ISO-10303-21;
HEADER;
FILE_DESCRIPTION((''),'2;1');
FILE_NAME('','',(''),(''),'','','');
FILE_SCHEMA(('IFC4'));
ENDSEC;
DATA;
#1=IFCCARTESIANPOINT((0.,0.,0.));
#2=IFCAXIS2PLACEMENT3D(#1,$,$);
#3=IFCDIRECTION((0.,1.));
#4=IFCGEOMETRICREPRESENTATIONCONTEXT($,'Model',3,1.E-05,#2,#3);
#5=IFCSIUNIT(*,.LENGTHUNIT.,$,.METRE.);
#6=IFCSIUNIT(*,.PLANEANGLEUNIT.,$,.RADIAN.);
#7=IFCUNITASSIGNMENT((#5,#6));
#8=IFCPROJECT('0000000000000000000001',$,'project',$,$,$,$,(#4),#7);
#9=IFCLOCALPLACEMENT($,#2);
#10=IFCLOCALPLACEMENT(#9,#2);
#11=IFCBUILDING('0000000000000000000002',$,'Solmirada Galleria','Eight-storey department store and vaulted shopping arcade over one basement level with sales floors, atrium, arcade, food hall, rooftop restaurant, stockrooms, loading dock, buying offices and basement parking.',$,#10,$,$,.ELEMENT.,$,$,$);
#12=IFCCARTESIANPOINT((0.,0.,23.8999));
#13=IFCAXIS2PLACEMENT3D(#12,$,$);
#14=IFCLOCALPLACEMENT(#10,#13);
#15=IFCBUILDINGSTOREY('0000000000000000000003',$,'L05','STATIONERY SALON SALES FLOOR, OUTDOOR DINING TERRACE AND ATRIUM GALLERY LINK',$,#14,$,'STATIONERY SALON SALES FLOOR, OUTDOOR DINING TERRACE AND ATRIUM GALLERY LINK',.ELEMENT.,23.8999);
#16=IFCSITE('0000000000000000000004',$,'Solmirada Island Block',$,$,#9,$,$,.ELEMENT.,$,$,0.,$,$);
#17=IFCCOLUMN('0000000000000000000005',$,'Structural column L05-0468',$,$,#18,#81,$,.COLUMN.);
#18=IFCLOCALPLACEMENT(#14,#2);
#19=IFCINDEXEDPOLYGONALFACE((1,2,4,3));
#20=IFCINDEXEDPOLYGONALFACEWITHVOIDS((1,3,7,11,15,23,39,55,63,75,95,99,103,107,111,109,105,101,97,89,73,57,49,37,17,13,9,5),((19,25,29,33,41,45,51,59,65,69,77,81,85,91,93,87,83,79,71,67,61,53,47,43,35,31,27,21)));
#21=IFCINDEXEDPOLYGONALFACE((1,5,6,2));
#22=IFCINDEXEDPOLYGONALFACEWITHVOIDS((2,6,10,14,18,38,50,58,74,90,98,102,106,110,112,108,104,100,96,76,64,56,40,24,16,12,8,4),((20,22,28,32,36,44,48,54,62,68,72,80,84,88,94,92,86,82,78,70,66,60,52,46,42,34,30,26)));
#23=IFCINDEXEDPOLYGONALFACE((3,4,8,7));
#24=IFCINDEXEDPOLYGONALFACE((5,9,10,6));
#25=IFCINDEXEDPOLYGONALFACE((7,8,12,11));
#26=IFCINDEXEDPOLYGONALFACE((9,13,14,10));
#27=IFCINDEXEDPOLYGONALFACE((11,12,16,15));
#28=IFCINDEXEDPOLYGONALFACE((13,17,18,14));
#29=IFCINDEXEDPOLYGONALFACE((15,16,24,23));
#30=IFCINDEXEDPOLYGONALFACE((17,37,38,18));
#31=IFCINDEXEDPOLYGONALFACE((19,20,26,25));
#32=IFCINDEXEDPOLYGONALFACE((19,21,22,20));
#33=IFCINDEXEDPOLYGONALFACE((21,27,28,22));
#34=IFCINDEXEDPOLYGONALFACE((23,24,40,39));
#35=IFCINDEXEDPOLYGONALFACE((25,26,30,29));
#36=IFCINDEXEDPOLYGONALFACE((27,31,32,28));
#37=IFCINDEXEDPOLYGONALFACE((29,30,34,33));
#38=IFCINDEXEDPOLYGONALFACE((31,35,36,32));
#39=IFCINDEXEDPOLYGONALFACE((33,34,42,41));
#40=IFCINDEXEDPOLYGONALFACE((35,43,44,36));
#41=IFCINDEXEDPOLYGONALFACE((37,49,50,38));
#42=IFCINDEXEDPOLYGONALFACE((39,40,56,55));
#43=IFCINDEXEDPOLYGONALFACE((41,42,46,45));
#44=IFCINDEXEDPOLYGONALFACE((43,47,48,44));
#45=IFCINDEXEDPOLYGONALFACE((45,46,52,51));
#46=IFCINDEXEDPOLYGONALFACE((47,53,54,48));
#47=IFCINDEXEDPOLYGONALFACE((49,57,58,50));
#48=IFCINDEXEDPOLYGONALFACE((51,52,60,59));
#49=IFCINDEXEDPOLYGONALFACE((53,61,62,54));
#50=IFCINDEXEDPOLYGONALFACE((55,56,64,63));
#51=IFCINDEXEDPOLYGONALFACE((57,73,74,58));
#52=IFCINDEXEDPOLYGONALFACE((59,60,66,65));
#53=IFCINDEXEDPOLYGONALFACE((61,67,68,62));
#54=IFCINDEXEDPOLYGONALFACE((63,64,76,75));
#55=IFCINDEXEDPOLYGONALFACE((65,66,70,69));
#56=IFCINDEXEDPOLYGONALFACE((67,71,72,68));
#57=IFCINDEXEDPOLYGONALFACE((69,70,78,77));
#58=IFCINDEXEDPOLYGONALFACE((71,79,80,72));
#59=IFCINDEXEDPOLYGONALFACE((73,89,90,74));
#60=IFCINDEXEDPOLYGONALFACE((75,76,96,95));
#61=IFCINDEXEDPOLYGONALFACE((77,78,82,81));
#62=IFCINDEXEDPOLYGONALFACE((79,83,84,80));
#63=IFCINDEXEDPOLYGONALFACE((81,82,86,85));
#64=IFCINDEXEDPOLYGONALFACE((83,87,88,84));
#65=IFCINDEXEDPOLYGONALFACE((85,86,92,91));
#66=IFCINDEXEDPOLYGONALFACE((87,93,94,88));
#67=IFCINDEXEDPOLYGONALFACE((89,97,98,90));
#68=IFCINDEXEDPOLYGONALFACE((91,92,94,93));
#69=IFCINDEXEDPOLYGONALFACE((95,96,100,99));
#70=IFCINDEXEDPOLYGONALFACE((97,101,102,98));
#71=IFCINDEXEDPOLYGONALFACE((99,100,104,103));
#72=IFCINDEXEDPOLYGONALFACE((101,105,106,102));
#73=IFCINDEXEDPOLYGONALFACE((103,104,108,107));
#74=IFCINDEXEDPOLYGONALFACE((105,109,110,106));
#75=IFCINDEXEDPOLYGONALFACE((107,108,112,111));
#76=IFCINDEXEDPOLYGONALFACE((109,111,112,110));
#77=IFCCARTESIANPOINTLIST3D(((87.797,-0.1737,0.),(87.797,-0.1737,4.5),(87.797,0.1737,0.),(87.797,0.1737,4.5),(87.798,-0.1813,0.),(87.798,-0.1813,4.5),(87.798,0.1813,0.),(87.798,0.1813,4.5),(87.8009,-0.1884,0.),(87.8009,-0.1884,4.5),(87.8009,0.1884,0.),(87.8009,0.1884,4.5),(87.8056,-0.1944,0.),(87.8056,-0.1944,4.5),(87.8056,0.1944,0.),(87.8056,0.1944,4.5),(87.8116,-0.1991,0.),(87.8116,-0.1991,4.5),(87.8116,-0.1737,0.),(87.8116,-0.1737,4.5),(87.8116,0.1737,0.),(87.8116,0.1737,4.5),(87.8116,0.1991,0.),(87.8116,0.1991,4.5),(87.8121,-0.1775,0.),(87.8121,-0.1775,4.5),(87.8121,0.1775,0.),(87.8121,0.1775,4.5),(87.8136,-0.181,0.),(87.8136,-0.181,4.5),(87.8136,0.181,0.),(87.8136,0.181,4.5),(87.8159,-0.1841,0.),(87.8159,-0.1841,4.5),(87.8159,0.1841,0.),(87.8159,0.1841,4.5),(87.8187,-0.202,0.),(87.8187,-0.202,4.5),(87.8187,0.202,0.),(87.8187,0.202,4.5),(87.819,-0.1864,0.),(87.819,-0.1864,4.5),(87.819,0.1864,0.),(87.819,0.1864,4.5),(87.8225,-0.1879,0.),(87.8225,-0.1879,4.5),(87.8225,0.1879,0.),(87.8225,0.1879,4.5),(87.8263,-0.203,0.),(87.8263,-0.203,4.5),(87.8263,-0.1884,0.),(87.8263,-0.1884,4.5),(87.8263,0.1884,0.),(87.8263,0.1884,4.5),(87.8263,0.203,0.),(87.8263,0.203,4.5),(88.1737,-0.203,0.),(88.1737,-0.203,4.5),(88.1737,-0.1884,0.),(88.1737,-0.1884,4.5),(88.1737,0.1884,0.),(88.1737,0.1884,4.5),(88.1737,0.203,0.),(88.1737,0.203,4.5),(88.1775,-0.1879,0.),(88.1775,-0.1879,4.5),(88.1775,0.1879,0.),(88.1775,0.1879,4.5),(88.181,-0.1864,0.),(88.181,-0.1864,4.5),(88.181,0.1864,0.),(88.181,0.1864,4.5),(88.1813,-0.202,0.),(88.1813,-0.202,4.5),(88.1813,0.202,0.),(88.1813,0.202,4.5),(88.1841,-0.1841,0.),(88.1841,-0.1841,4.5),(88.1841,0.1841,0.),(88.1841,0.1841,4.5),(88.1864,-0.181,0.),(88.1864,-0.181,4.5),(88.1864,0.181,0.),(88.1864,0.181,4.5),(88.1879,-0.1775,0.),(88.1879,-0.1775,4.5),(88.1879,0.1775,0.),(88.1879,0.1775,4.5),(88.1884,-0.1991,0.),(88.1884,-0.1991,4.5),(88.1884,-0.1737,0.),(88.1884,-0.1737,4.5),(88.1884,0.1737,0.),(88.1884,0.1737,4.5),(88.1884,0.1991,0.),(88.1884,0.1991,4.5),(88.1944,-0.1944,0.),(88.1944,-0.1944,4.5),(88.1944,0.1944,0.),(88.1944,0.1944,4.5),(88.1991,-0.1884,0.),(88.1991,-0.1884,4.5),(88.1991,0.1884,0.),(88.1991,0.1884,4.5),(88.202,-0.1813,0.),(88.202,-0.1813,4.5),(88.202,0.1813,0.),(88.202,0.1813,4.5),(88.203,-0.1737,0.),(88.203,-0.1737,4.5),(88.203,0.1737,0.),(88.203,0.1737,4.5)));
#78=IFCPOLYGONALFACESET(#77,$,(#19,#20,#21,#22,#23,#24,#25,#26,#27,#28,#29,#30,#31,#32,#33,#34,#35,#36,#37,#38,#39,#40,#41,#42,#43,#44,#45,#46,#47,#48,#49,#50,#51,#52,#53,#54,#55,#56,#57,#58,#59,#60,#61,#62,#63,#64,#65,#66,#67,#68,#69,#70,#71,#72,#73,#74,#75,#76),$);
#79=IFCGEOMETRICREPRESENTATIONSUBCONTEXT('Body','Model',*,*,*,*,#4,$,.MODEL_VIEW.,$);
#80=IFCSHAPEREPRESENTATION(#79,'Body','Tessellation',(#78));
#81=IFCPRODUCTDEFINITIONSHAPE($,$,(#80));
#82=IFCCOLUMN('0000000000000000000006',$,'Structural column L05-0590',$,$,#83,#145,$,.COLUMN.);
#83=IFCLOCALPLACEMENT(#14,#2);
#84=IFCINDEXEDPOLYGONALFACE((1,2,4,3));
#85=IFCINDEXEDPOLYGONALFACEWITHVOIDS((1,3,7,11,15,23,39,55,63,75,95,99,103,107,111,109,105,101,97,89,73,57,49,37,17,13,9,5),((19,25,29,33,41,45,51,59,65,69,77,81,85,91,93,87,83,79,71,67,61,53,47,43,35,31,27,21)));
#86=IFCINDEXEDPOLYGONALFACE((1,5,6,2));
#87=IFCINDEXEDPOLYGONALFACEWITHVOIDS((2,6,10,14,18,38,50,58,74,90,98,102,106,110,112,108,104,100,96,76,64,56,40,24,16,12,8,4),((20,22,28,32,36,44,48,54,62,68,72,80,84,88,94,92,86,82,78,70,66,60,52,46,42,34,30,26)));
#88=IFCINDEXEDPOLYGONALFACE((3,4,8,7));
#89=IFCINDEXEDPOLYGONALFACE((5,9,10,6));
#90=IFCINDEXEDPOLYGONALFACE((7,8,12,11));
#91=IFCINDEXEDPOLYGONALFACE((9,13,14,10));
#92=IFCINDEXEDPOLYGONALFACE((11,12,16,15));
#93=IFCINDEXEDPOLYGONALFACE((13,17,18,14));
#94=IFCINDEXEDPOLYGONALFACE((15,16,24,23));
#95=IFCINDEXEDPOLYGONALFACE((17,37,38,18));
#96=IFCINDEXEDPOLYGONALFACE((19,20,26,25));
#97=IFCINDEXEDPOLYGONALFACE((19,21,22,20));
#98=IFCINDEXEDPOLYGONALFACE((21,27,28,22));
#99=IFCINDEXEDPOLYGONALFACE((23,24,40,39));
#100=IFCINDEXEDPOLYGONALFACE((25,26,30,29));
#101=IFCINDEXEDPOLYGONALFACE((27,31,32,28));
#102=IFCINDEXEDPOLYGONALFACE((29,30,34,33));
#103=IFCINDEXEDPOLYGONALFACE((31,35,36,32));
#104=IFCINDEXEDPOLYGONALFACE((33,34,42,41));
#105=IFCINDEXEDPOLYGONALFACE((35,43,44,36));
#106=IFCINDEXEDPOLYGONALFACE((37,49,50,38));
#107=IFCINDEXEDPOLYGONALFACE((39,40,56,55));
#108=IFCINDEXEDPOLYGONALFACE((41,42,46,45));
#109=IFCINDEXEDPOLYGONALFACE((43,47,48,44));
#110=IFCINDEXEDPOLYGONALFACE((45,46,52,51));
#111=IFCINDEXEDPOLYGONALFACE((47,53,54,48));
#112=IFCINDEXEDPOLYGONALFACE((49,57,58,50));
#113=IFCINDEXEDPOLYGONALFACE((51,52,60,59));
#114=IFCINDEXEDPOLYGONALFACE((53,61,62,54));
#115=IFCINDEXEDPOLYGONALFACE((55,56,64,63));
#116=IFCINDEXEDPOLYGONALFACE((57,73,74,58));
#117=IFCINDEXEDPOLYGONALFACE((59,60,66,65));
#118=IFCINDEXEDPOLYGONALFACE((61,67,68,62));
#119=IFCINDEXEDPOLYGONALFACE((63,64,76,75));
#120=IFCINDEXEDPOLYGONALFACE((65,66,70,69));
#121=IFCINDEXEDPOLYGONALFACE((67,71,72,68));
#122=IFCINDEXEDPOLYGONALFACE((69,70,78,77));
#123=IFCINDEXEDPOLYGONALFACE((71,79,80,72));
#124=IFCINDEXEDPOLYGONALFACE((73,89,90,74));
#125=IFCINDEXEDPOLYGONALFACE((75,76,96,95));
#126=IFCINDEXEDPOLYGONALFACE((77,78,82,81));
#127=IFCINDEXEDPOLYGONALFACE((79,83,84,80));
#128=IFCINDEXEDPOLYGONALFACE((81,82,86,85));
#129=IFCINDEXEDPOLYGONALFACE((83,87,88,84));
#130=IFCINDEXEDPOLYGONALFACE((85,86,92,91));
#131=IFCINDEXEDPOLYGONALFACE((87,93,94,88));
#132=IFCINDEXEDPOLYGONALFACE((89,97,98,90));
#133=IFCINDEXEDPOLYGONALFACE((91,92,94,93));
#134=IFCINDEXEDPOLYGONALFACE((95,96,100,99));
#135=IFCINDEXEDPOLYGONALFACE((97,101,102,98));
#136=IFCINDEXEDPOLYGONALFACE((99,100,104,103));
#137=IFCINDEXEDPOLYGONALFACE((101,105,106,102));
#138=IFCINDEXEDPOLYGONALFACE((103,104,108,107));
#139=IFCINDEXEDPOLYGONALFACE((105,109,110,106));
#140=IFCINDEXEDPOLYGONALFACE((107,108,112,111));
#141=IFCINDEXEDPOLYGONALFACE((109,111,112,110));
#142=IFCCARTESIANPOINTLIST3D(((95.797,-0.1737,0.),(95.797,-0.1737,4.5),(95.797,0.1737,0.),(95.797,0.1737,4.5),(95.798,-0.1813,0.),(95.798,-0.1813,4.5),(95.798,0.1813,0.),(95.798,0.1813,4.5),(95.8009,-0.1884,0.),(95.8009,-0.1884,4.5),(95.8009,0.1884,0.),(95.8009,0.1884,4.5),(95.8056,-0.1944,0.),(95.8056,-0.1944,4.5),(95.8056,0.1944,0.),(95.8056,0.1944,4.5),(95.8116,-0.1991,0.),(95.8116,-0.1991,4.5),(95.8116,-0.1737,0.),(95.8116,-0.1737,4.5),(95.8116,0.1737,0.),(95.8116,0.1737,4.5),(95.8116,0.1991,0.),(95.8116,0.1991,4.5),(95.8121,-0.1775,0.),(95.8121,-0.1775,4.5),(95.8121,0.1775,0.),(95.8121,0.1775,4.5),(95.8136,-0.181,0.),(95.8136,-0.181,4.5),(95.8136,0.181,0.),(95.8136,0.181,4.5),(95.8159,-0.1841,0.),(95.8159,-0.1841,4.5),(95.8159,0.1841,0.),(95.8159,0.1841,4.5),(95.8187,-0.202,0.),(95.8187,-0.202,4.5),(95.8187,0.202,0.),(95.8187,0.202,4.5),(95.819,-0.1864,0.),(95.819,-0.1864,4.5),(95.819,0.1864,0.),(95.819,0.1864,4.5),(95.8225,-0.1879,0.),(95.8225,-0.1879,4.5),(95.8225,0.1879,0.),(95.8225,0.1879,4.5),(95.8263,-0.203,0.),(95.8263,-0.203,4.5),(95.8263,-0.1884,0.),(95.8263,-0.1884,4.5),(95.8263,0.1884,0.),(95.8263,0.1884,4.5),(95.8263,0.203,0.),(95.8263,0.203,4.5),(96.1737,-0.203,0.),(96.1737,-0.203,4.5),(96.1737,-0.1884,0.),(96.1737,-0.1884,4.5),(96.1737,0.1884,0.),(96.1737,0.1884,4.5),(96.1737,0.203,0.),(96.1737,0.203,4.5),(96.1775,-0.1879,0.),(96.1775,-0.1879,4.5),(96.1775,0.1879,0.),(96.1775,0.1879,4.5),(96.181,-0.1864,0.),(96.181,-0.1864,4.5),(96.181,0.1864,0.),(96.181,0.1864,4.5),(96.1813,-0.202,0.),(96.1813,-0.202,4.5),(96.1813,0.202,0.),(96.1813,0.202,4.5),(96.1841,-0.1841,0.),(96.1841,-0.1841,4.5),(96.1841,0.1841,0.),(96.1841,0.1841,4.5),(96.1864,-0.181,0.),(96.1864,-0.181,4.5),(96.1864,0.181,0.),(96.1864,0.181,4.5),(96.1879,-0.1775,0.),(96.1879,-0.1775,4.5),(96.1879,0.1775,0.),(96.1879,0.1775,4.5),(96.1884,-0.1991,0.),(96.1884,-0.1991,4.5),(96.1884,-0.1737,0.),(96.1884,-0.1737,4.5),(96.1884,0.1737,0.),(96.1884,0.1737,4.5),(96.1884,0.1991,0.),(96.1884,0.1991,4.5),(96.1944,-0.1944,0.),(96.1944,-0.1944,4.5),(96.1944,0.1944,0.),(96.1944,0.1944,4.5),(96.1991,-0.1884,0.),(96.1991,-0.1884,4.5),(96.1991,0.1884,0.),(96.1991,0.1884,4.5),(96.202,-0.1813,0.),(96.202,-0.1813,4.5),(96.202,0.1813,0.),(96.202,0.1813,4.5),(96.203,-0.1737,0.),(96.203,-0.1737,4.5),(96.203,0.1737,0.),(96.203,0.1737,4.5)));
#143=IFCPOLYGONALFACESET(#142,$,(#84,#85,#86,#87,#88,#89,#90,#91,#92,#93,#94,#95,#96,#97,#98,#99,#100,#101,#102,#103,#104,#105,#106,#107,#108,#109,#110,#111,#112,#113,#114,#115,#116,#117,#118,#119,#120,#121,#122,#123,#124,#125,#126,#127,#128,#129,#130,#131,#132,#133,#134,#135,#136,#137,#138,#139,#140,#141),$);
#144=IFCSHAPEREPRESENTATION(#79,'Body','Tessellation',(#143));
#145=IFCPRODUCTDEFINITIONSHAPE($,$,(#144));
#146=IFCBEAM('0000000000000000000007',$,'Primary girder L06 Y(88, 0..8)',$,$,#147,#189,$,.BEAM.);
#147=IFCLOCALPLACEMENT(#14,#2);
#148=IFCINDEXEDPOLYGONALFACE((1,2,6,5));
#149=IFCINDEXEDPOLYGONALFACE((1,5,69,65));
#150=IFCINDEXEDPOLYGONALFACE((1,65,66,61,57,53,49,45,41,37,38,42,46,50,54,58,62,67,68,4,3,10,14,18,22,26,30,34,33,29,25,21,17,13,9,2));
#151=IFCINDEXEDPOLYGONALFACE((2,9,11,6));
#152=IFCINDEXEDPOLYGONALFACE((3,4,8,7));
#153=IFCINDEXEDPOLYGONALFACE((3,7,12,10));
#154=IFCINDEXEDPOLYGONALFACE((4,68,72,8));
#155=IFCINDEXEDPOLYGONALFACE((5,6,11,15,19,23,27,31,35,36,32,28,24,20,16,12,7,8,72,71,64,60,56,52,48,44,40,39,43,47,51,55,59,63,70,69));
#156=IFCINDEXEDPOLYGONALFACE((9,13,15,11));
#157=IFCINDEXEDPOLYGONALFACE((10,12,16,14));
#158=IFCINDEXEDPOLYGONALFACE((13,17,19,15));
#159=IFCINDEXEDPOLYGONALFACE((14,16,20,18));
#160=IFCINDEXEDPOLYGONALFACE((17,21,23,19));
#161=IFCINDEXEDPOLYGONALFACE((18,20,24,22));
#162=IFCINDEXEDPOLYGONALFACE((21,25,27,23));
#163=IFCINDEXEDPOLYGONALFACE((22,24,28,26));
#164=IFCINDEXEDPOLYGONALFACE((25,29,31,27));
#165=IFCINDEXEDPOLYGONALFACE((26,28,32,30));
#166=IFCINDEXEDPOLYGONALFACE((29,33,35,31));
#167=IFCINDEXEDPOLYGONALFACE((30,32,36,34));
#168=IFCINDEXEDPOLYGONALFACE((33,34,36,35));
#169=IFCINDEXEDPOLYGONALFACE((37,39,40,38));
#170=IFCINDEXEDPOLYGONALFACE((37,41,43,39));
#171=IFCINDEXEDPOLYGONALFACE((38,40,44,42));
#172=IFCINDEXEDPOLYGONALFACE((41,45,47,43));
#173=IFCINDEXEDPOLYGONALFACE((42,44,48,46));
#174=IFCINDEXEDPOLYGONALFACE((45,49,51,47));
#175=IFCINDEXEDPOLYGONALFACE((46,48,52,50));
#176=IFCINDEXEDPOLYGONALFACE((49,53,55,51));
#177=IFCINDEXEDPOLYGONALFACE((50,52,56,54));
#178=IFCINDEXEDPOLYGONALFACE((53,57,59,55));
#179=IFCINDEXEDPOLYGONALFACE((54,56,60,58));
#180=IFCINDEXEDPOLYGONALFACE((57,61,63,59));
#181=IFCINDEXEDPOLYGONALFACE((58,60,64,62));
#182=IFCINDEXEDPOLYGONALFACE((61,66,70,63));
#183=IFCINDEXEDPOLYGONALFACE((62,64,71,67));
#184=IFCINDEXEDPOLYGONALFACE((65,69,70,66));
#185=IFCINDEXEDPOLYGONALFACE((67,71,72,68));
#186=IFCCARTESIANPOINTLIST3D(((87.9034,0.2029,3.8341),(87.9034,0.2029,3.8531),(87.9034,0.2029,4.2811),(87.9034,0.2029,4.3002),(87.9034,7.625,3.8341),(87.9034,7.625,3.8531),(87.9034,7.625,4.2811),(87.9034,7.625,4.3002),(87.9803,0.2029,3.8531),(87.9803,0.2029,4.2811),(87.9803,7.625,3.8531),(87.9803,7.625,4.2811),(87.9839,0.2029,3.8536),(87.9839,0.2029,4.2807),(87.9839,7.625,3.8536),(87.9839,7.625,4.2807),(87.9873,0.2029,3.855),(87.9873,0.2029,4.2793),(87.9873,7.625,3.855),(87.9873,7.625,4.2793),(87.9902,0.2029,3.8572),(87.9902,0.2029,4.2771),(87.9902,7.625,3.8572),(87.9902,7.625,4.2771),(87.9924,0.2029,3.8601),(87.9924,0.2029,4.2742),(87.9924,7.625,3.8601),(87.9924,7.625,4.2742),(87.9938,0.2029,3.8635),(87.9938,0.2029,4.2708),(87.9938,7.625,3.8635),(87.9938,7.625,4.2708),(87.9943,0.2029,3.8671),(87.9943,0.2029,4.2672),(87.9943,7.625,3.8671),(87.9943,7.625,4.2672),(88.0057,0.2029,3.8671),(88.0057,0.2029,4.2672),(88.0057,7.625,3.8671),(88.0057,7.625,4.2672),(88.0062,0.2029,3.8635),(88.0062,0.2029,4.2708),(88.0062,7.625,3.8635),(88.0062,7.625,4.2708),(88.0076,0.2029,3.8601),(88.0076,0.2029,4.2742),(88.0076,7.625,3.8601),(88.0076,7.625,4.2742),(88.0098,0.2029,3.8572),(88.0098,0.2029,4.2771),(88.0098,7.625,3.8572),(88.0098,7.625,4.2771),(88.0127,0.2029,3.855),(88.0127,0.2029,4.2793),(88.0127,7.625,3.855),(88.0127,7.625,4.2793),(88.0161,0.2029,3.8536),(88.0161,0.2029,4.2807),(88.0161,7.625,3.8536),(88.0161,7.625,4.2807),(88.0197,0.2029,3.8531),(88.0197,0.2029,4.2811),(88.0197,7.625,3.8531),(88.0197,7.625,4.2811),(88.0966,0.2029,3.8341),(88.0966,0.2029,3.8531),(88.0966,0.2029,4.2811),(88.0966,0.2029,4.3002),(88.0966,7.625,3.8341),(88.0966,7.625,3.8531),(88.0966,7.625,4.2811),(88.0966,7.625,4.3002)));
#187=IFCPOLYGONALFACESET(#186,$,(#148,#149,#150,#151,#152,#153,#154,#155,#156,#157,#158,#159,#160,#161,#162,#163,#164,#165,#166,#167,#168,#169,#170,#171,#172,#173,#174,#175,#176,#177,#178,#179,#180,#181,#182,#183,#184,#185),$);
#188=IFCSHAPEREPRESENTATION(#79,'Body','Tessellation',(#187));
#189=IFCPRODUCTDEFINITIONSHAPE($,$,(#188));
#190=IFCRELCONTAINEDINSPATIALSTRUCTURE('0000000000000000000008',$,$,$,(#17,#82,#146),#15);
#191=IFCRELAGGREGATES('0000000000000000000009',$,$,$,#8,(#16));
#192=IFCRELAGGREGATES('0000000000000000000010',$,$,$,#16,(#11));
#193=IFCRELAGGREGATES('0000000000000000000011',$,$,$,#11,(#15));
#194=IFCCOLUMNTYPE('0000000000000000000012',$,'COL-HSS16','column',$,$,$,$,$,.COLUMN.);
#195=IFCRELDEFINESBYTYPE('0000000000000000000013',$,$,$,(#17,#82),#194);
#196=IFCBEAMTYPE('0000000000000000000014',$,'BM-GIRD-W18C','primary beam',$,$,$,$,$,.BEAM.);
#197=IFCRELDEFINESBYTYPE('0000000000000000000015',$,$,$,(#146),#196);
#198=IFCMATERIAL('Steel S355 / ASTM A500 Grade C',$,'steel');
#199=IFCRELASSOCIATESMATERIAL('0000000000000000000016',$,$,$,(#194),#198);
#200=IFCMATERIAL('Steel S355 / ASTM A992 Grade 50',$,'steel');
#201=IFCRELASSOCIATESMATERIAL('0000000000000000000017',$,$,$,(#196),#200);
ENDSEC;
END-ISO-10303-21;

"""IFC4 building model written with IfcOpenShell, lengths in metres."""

from ifc_helpers import new_model, si_unit, direction, frame, origin, origin_2d, place, context, subcontext, project, spatial, hollow_rectangle, i_section, extrude, material, material_profile, profile_set, type_object, element, save


model = new_model("IFC4")

# Units and contexts
model_context = context("Model", 3, precision=1e-05, world=origin(), true_north=direction((0.0, 1.0)))
body_context = subcontext(model_context, "Body", "Model", "MODEL_VIEW")
ifc_project = project(units=[si_unit("LENGTHUNIT", "METRE"), si_unit("PLANEANGLEUNIT", "RADIAN")], contexts=[model_context])

# Site, building, storey
site_placement = place(None, origin())
site = spatial("IfcSite", under=ifc_project, at=site_placement, Name="Solmirada Island Block", CompositionType="ELEMENT", RefElevation=0.0)
building_placement = place(site_placement, origin())
building = spatial("IfcBuilding", under=site, at=building_placement, Name="Solmirada Galleria", Description="Eight-storey department store and vaulted shopping arcade over one basement level with sales floors, atrium, arcade, food hall, rooftop restaurant, stockrooms, loading dock, buying offices and basement parking.", CompositionType="ELEMENT")
storey_placement = place(building_placement, frame((0.0, 0.0, 23.8999)))
storey = spatial("IfcBuildingStorey", under=building, at=storey_placement, Name="L05", Description="STATIONERY SALON SALES FLOOR, OUTDOOR DINING TERRACE AND ATRIUM GALLERY LINK", LongName="STATIONERY SALON SALES FLOOR, OUTDOOR DINING TERRACE AND ATRIUM GALLERY LINK", CompositionType="ELEMENT", Elevation=23.8999)

# Columns
ifc_material_1 = material(Name="Steel S355 / ASTM A500 Grade C", Category="steel")
ifc_material_profile_1 = material_profile(ifc_material_1, hollow_rectangle(XDim=0.406, YDim=0.406, WallThickness=0.0146, InnerFilletRadius=0.0146, OuterFilletRadius=0.0293, at=origin_2d()), Name="HSS16X16X5/8")
ifc_profile_set_1 = profile_set([ifc_material_profile_1], Name="Steel S355 / ASTM A500 Grade C")
column_type = type_object("IfcColumnType", Name="COL-HSS16", Description="column", PredefinedType="COLUMN", material=ifc_profile_set_1)
for number, where, z_axis, x_axis, name in (
    (1, (88.0, 0.0, 0.0), (0.0, 0.0, 1.0), (1.0, 0.0, 0.0), "Structural column L05-0468"),
    (2, (96.0, 0.0, 0.0), (0.0, 0.0, 1.0), (1.0, 0.0, 0.0), "Structural column L05-0590"),
):
    element("IfcColumn", number, at=place(storey_placement, frame(where, z_axis=z_axis, x_axis=x_axis)), inside=storey, type_object=column_type, Name=name, PredefinedType="COLUMN", context=body_context, shape_type="SweptSolid", body=[
        extrude(hollow_rectangle(XDim=0.406, YDim=0.406, WallThickness=0.0146, InnerFilletRadius=0.0146, OuterFilletRadius=0.0293, at=origin_2d()), origin(), (0.0, 0.0, 1.0), 4.5),
    ])

# Beam
ifc_material_2 = material(Name="Steel S355 / ASTM A992 Grade 50", Category="steel")
ifc_material_profile_2 = material_profile(ifc_material_2, i_section(OverallWidth=0.1931, OverallDepth=0.4661, WebThickness=0.0115, FlangeThickness=0.019, FilletRadius=0.0139, at=origin_2d()), Name="W18X65")
ifc_profile_set_2 = profile_set([ifc_material_profile_2], Name="Steel S355 / ASTM A992 Grade 50")
beam_type_1 = type_object("IfcBeamType", Name="BM-GIRD-W18C", Description="primary beam", PredefinedType="BEAM", material=ifc_profile_set_2)
for number, where, z_axis, x_axis, name in (
    (3, (88.0, 0.2029, 4.0671), (0.0, 1.0, 0.0), (-1.0, 0.0, 0.0), "Primary girder L06 Y(88, 0..8)"),
):
    element("IfcBeam", number, at=place(storey_placement, frame(where, z_axis=z_axis, x_axis=x_axis)), inside=storey, type_object=beam_type_1, Name=name, PredefinedType="BEAM", context=body_context, shape_type="SweptSolid", body=[
        extrude(i_section(OverallWidth=0.1931, OverallDepth=0.4661, WebThickness=0.0115, FlangeThickness=0.019, FilletRadius=0.0139, at=origin_2d()), origin(), (0.0, 0.0, 1.0), 7.4221),
    ])

save(model, "model.ifc")
